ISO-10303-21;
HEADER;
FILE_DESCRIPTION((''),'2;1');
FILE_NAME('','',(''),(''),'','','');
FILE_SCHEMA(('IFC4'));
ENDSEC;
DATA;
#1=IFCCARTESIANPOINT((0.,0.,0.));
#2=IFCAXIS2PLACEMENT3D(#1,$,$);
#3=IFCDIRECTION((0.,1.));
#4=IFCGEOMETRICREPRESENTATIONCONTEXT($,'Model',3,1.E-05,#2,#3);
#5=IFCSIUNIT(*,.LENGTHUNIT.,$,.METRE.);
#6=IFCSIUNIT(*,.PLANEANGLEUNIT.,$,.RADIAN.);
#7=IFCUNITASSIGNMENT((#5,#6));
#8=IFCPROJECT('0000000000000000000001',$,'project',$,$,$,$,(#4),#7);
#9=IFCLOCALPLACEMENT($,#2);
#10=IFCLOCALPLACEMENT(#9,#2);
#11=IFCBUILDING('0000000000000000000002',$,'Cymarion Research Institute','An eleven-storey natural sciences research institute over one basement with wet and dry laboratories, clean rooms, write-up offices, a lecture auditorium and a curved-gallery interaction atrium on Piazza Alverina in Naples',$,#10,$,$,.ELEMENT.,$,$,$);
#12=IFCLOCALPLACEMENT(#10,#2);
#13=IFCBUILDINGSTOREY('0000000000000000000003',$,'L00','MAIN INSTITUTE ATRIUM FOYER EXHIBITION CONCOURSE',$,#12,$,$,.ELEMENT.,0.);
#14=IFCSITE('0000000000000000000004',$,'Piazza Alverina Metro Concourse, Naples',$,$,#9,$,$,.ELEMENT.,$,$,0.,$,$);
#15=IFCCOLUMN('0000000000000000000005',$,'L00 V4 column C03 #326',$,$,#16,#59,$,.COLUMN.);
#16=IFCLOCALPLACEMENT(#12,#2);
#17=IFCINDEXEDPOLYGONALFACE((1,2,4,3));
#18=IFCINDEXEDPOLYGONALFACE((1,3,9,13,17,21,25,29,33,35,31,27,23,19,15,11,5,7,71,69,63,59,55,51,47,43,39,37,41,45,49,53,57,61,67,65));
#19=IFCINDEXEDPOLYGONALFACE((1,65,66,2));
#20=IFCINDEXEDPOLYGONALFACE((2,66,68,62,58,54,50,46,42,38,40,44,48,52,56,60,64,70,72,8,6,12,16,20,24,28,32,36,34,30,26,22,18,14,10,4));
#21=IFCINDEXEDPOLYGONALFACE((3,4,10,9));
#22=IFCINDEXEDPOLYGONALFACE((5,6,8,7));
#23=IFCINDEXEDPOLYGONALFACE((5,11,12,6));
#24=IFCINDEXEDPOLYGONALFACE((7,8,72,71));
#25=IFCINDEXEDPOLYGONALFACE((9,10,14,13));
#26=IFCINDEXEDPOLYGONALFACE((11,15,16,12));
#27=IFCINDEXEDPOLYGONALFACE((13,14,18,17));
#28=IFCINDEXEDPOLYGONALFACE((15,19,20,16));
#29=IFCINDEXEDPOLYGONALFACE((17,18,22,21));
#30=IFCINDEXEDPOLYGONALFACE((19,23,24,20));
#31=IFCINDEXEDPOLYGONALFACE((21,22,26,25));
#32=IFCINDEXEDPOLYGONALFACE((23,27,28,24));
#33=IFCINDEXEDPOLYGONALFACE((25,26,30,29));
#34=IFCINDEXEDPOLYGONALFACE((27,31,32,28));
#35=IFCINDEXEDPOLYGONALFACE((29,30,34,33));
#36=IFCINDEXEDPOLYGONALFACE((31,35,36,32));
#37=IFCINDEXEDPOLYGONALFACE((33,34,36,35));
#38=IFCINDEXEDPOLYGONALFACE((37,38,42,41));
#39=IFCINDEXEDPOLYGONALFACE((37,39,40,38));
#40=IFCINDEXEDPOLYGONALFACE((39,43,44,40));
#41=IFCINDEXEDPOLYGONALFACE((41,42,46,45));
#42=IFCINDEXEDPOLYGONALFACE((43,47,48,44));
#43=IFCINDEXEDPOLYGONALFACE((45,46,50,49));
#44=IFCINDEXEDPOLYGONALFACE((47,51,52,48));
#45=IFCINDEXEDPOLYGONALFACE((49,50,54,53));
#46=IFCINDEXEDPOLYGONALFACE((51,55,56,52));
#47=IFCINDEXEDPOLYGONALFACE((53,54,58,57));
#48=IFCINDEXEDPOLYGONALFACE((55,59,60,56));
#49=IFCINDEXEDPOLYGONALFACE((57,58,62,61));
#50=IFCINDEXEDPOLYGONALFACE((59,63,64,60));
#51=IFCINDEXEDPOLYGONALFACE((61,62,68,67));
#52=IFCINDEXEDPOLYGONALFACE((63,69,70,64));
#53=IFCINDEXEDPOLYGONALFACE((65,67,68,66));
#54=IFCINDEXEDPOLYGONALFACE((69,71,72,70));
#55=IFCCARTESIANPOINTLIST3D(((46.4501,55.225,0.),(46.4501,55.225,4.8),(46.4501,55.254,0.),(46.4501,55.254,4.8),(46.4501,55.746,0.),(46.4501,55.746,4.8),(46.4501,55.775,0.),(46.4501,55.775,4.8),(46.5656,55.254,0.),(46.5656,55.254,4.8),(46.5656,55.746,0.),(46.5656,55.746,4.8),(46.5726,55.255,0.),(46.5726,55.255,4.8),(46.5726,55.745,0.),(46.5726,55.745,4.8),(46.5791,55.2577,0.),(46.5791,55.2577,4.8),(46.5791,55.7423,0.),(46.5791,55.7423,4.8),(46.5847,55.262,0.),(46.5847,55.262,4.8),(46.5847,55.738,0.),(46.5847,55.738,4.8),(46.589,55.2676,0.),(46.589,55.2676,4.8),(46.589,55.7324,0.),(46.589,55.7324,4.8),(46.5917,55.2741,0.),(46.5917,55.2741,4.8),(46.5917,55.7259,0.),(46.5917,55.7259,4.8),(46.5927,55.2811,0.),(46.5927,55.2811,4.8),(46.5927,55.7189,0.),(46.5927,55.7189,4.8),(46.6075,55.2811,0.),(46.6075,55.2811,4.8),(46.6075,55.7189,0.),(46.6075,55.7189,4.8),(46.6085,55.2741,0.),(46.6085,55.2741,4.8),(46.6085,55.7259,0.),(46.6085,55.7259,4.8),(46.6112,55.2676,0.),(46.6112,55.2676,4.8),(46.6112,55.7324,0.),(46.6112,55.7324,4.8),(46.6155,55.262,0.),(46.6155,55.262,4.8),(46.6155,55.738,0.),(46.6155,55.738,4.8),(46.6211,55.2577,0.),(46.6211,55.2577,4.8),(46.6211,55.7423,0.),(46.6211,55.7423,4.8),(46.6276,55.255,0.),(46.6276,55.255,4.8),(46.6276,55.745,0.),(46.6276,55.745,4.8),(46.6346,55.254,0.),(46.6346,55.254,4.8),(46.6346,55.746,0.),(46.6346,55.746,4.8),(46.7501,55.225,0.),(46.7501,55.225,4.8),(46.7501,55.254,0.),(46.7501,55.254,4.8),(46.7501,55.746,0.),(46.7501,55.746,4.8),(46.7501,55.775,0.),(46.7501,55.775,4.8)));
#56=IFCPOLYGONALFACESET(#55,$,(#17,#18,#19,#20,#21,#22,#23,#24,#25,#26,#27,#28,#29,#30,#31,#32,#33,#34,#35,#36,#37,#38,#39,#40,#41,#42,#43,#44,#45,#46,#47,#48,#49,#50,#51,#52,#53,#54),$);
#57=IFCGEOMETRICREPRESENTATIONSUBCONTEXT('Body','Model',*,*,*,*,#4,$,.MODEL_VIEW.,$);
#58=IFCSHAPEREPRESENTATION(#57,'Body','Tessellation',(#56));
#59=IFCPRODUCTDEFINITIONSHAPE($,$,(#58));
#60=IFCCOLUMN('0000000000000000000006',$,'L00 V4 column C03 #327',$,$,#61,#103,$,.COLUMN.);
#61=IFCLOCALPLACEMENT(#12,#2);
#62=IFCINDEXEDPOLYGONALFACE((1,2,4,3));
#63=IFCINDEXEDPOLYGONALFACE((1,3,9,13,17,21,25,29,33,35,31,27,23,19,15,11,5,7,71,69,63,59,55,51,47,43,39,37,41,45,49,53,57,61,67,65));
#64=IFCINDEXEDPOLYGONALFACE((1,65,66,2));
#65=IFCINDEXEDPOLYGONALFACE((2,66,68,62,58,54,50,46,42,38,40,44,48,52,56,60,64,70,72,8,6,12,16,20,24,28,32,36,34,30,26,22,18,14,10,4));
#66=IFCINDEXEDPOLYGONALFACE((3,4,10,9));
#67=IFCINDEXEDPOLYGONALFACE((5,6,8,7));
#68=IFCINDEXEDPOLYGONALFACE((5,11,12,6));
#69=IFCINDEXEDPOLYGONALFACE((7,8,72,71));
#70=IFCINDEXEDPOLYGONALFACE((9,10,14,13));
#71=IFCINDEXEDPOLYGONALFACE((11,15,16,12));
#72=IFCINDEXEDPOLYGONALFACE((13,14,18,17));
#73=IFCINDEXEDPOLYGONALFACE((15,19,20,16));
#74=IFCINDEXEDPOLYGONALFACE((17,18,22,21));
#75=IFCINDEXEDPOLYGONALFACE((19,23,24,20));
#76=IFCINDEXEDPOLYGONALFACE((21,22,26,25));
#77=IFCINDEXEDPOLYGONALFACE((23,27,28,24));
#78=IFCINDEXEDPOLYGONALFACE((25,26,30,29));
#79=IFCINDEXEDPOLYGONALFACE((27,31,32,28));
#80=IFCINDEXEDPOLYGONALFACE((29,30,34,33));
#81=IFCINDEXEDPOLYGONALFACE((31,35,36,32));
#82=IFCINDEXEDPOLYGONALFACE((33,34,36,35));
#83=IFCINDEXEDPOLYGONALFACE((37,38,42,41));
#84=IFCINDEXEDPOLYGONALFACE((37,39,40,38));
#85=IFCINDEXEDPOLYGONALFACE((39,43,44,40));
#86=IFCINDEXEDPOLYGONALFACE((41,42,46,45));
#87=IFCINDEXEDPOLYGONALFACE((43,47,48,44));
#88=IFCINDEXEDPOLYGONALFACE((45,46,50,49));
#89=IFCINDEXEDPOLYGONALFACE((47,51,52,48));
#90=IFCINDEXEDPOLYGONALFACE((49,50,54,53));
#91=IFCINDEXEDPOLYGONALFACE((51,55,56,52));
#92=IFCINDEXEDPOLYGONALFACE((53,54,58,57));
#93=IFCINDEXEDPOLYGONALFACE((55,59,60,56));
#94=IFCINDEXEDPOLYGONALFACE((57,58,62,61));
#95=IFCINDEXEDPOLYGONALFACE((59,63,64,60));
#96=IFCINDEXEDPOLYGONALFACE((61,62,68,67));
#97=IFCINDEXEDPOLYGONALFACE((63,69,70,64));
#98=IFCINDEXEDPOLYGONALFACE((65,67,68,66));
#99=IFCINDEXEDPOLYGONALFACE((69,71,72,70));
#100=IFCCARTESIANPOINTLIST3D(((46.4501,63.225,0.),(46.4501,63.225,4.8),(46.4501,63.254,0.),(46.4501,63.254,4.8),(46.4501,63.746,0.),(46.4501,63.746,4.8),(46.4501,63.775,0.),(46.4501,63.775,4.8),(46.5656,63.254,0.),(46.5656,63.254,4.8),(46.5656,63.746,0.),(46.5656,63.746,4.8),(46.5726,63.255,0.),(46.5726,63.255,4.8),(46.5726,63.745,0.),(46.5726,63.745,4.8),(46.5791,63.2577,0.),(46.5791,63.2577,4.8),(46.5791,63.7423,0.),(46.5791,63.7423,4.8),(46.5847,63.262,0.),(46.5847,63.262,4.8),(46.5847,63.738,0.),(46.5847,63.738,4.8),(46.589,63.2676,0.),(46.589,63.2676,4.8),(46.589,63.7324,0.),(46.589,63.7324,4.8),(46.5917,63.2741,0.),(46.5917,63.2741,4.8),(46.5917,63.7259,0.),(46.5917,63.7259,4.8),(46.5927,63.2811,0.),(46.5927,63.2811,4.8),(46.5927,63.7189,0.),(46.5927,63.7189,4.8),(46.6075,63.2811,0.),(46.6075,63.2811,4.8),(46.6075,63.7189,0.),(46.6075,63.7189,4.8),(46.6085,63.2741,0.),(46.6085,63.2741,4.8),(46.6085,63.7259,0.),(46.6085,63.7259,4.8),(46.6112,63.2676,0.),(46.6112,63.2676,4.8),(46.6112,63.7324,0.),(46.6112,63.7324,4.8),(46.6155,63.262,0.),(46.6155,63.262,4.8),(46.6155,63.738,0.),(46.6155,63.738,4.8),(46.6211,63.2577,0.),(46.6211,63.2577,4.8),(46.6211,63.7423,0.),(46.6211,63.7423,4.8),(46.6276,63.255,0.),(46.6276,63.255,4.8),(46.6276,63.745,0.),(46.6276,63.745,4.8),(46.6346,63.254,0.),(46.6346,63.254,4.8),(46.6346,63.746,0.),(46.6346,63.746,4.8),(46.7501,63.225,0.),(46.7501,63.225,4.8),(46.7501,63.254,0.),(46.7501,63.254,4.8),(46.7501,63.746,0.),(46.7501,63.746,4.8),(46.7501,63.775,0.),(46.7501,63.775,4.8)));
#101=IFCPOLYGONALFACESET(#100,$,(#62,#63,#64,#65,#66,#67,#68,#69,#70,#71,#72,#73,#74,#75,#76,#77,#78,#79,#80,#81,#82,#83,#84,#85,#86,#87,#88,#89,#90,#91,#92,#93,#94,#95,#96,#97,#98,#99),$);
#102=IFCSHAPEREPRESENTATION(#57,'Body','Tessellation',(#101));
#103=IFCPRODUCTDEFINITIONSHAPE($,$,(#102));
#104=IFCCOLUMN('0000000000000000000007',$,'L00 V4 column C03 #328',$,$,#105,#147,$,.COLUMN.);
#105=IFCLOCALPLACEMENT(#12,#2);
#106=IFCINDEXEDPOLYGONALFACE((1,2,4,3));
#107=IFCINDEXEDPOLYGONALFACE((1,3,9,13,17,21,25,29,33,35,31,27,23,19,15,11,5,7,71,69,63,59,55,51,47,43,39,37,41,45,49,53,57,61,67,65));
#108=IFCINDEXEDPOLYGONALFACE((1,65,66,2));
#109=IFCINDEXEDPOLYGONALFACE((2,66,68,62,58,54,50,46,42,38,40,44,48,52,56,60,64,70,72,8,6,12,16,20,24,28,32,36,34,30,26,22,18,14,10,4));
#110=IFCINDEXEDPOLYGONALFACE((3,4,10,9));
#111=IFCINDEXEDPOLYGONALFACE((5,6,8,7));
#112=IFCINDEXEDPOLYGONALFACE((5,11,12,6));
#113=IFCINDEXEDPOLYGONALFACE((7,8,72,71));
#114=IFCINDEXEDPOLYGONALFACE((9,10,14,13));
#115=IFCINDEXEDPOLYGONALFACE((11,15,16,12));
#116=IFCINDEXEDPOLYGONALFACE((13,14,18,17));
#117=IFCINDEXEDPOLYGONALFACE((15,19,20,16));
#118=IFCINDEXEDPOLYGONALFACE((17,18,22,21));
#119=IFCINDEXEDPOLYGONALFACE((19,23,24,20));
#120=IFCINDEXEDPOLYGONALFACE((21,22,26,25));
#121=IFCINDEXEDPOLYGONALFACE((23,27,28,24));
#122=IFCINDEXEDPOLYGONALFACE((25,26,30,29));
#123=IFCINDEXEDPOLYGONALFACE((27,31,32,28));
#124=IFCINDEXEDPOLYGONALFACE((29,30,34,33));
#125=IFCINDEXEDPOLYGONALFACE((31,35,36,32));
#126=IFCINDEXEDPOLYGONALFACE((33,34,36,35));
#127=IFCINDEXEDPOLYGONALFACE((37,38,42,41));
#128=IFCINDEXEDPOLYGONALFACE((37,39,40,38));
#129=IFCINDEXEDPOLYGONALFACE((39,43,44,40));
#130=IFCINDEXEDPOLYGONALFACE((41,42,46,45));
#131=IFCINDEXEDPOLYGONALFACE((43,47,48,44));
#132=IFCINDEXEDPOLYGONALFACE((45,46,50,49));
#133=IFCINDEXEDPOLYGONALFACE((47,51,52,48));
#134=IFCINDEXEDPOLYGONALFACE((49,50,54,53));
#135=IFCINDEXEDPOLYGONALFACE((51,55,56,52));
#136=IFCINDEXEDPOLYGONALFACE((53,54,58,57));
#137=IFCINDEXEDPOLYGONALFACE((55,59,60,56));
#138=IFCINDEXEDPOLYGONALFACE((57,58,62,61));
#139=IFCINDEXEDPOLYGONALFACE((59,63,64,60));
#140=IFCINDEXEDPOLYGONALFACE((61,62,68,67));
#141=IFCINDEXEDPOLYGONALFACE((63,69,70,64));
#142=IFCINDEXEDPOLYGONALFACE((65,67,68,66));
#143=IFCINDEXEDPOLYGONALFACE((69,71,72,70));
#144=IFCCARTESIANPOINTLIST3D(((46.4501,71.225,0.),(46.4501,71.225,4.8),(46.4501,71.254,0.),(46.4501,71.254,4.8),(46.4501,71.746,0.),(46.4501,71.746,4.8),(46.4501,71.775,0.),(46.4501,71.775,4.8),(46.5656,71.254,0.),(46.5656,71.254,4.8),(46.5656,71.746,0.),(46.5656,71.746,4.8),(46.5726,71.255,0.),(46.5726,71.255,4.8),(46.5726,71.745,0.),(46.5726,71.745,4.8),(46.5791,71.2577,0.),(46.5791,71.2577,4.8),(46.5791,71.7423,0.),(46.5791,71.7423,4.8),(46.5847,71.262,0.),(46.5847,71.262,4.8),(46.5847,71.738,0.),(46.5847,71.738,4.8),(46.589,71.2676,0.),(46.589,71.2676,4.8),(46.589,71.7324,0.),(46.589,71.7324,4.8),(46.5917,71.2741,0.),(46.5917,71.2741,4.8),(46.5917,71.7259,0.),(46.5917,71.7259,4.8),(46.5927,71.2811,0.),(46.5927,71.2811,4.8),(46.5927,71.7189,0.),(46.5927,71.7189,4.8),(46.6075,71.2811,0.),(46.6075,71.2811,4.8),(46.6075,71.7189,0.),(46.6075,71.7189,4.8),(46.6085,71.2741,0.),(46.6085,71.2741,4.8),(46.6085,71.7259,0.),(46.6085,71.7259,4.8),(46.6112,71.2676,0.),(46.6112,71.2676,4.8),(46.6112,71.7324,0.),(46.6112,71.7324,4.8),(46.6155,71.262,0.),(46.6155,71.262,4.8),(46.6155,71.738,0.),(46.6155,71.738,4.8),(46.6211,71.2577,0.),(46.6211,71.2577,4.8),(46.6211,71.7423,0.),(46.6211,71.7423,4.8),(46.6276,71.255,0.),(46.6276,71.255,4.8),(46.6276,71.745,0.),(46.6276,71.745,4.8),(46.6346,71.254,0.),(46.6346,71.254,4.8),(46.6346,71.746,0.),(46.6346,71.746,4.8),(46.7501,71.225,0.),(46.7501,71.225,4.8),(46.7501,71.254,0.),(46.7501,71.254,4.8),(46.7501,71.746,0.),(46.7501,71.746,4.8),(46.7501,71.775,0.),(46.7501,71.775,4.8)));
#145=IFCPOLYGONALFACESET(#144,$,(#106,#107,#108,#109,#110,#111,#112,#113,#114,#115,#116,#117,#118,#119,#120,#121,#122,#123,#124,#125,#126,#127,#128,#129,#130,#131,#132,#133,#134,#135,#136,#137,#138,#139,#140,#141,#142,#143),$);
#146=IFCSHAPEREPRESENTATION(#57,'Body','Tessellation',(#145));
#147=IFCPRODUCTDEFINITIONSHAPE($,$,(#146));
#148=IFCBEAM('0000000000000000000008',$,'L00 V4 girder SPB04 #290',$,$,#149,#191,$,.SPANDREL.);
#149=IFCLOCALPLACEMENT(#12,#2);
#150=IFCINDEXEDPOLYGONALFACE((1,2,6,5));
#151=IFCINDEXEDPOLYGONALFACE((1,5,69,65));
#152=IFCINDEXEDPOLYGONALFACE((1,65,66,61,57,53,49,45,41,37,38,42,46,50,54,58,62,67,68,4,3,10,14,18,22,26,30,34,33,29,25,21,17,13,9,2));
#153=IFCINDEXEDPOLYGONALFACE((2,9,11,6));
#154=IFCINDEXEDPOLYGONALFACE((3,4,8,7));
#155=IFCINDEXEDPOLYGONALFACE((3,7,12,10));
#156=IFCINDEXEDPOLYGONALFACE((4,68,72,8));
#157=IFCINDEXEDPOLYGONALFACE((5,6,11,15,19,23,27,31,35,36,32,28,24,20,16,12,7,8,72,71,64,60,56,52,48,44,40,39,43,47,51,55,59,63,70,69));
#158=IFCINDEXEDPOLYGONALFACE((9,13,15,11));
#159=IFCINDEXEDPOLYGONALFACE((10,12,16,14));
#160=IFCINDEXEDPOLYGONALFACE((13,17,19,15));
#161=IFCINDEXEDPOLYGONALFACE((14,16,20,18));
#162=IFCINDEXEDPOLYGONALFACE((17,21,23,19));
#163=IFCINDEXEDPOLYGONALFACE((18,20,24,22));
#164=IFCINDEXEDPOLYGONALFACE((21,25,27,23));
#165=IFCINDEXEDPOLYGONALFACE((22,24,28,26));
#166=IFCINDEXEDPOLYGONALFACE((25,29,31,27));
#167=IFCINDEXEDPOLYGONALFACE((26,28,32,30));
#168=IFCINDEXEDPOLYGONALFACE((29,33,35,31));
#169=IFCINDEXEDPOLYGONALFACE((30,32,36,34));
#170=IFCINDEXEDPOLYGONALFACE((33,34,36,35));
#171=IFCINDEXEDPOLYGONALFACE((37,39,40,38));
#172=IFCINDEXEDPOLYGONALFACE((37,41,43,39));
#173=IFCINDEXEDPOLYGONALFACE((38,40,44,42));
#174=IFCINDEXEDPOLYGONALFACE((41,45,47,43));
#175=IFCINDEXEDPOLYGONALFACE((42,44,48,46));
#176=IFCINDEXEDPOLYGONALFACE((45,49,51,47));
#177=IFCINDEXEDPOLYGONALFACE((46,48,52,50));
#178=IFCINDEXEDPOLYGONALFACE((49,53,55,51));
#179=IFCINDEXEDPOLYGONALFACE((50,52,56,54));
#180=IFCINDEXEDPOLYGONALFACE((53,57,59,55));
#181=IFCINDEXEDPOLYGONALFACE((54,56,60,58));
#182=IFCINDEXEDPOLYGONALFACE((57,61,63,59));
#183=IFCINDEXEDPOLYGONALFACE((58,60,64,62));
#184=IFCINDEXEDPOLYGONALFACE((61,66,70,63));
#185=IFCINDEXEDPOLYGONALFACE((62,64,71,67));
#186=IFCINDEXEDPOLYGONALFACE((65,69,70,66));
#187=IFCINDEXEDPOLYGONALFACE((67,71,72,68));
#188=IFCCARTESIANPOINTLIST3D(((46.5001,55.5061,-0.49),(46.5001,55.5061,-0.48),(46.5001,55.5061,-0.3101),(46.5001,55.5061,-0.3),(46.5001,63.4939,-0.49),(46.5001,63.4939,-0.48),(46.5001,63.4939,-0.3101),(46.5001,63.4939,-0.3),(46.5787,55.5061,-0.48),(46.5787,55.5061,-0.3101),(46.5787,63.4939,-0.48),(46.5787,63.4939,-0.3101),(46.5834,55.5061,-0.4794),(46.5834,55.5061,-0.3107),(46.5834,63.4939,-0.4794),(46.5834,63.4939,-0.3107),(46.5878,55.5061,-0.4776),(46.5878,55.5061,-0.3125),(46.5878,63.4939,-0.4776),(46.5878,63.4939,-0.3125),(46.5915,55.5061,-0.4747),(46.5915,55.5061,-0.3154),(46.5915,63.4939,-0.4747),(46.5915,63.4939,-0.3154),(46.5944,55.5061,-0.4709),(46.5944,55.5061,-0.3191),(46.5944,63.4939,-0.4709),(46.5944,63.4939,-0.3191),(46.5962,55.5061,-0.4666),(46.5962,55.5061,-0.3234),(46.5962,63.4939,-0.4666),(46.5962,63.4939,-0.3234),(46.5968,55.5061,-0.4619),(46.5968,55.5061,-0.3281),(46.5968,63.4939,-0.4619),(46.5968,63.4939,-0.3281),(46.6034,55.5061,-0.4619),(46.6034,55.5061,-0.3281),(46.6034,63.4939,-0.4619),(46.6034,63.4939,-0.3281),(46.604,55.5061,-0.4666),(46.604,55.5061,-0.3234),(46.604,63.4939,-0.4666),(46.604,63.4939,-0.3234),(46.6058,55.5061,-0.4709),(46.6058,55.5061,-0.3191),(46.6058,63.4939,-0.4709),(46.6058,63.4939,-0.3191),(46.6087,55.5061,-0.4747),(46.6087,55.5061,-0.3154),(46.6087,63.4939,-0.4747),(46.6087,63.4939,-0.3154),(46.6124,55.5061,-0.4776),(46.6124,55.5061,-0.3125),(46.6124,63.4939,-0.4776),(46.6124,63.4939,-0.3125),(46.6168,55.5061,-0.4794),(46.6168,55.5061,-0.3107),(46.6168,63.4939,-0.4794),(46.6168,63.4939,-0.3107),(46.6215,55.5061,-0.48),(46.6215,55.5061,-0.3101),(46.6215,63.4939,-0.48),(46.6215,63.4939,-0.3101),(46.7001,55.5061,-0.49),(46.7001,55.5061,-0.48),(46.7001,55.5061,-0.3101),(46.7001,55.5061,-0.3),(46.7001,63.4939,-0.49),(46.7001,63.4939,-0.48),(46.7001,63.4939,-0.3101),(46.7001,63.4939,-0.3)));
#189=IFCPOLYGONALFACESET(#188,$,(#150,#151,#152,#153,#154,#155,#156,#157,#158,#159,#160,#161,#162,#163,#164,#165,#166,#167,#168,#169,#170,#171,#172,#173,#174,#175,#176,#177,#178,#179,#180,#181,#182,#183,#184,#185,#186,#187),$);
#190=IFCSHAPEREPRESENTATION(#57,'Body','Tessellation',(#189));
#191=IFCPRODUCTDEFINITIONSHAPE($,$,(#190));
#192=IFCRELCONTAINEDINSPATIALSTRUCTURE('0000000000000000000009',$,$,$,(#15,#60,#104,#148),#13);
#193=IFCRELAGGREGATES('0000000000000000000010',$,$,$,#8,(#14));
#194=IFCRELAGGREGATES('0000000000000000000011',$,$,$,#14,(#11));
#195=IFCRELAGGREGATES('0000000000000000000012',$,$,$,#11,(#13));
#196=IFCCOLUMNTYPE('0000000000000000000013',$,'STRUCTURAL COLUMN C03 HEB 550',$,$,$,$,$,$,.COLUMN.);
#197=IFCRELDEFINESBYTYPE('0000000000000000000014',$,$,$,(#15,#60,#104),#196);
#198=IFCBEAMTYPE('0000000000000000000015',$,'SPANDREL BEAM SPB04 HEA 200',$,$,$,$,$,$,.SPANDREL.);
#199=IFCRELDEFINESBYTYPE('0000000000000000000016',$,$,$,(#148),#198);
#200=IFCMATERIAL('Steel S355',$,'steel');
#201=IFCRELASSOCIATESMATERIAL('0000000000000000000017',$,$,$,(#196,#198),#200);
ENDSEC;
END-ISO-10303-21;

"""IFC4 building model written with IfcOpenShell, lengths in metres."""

from ifc_helpers import new_model, si_unit, direction, frame, origin, origin_2d, place, context, subcontext, project, spatial, i_section, extrude, material, material_profile, profile_set, type_object, element, save


model = new_model("IFC4")

# Units and contexts
model_context = context("Model", 3, precision=1e-05, world=origin(), true_north=direction((0.0, 1.0)))
body_context = subcontext(model_context, "Body", "Model", "MODEL_VIEW")
ifc_project = project(units=[si_unit("LENGTHUNIT", "METRE"), si_unit("PLANEANGLEUNIT", "RADIAN")], contexts=[model_context])

# Site, building, storey
site_placement = place(None, origin())
site = spatial("IfcSite", under=ifc_project, at=site_placement, Name="Piazza Alverina Metro Concourse, Naples", CompositionType="ELEMENT", RefElevation=0.0)
building_placement = place(site_placement, origin())
building = spatial("IfcBuilding", under=site, at=building_placement, Name="Cymarion Research Institute", Description="An eleven-storey natural sciences research institute over one basement with wet and dry laboratories, clean rooms, write-up offices, a lecture auditorium and a curved-gallery interaction atrium on Piazza Alverina in Naples", CompositionType="ELEMENT")
storey_placement = place(building_placement, origin())
storey = spatial("IfcBuildingStorey", under=building, at=storey_placement, Name="L00", Description="MAIN INSTITUTE ATRIUM FOYER EXHIBITION CONCOURSE", CompositionType="ELEMENT", Elevation=0.0)

# Columns
ifc_material_1 = material(Name="Steel S355", Category="steel")
ifc_material_profile_1 = material_profile(ifc_material_1, i_section(OverallWidth=0.3, OverallDepth=0.55, WebThickness=0.0149, FlangeThickness=0.0291, FilletRadius=0.0271, at=origin_2d()), Name="HEB 550")
ifc_profile_set_1 = profile_set([ifc_material_profile_1], Name="Steel S355")
column_type = type_object("IfcColumnType", Name="STRUCTURAL COLUMN C03 HEB 550", PredefinedType="COLUMN", material=ifc_profile_set_1)
for number, where, z_axis, x_axis, name in (
    (1, (46.6001, 55.5, 0.0), (0.0, 0.0, 1.0), (1.0, 0.0, 0.0), "L00 V4 column C03 #326"),
    (2, (46.6001, 63.5, 0.0), (0.0, 0.0, 1.0), (1.0, 0.0, 0.0), "L00 V4 column C03 #327"),
    (3, (46.6001, 71.5, 0.0), (0.0, 0.0, 1.0), (1.0, 0.0, 0.0), "L00 V4 column C03 #328"),
):
    element("IfcColumn", number, at=place(storey_placement, frame(where, z_axis=z_axis, x_axis=x_axis)), inside=storey, type_object=column_type, Name=name, PredefinedType="COLUMN", context=body_context, shape_type="SweptSolid", body=[
        extrude(i_section(OverallWidth=0.3, OverallDepth=0.55, WebThickness=0.0149, FlangeThickness=0.0291, FilletRadius=0.0271, at=origin_2d()), origin(), (0.0, 0.0, 1.0), 4.8),
    ])

# Beam
ifc_material_profile_2 = material_profile(ifc_material_1, i_section(OverallWidth=0.2, OverallDepth=0.1899, WebThickness=0.0066, FlangeThickness=0.01, FilletRadius=0.0181, at=origin_2d()), Name="HEA 200")
ifc_profile_set_2 = profile_set([ifc_material_profile_2], Name="Steel S355")
beam_type = type_object("IfcBeamType", Name="SPANDREL BEAM SPB04 HEA 200", PredefinedType="SPANDREL", material=ifc_profile_set_2)
for number, where, z_axis, x_axis, name in (
    (4, (46.6001, 55.5061, -0.395), (0.0, 1.0, 0.0), (-1.0, 0.0, 0.0), "L00 V4 girder SPB04 #290"),
):
    element("IfcBeam", number, at=place(storey_placement, frame(where, z_axis=z_axis, x_axis=x_axis)), inside=storey, type_object=beam_type, Name=name, PredefinedType="SPANDREL", context=body_context, shape_type="SweptSolid", body=[
        extrude(i_section(OverallWidth=0.2, OverallDepth=0.1899, WebThickness=0.0066, FlangeThickness=0.01, FilletRadius=0.0181, at=origin_2d()), origin(), (0.0, 0.0, 1.0), 7.9878),
    ])

save(model, "model.ifc")
